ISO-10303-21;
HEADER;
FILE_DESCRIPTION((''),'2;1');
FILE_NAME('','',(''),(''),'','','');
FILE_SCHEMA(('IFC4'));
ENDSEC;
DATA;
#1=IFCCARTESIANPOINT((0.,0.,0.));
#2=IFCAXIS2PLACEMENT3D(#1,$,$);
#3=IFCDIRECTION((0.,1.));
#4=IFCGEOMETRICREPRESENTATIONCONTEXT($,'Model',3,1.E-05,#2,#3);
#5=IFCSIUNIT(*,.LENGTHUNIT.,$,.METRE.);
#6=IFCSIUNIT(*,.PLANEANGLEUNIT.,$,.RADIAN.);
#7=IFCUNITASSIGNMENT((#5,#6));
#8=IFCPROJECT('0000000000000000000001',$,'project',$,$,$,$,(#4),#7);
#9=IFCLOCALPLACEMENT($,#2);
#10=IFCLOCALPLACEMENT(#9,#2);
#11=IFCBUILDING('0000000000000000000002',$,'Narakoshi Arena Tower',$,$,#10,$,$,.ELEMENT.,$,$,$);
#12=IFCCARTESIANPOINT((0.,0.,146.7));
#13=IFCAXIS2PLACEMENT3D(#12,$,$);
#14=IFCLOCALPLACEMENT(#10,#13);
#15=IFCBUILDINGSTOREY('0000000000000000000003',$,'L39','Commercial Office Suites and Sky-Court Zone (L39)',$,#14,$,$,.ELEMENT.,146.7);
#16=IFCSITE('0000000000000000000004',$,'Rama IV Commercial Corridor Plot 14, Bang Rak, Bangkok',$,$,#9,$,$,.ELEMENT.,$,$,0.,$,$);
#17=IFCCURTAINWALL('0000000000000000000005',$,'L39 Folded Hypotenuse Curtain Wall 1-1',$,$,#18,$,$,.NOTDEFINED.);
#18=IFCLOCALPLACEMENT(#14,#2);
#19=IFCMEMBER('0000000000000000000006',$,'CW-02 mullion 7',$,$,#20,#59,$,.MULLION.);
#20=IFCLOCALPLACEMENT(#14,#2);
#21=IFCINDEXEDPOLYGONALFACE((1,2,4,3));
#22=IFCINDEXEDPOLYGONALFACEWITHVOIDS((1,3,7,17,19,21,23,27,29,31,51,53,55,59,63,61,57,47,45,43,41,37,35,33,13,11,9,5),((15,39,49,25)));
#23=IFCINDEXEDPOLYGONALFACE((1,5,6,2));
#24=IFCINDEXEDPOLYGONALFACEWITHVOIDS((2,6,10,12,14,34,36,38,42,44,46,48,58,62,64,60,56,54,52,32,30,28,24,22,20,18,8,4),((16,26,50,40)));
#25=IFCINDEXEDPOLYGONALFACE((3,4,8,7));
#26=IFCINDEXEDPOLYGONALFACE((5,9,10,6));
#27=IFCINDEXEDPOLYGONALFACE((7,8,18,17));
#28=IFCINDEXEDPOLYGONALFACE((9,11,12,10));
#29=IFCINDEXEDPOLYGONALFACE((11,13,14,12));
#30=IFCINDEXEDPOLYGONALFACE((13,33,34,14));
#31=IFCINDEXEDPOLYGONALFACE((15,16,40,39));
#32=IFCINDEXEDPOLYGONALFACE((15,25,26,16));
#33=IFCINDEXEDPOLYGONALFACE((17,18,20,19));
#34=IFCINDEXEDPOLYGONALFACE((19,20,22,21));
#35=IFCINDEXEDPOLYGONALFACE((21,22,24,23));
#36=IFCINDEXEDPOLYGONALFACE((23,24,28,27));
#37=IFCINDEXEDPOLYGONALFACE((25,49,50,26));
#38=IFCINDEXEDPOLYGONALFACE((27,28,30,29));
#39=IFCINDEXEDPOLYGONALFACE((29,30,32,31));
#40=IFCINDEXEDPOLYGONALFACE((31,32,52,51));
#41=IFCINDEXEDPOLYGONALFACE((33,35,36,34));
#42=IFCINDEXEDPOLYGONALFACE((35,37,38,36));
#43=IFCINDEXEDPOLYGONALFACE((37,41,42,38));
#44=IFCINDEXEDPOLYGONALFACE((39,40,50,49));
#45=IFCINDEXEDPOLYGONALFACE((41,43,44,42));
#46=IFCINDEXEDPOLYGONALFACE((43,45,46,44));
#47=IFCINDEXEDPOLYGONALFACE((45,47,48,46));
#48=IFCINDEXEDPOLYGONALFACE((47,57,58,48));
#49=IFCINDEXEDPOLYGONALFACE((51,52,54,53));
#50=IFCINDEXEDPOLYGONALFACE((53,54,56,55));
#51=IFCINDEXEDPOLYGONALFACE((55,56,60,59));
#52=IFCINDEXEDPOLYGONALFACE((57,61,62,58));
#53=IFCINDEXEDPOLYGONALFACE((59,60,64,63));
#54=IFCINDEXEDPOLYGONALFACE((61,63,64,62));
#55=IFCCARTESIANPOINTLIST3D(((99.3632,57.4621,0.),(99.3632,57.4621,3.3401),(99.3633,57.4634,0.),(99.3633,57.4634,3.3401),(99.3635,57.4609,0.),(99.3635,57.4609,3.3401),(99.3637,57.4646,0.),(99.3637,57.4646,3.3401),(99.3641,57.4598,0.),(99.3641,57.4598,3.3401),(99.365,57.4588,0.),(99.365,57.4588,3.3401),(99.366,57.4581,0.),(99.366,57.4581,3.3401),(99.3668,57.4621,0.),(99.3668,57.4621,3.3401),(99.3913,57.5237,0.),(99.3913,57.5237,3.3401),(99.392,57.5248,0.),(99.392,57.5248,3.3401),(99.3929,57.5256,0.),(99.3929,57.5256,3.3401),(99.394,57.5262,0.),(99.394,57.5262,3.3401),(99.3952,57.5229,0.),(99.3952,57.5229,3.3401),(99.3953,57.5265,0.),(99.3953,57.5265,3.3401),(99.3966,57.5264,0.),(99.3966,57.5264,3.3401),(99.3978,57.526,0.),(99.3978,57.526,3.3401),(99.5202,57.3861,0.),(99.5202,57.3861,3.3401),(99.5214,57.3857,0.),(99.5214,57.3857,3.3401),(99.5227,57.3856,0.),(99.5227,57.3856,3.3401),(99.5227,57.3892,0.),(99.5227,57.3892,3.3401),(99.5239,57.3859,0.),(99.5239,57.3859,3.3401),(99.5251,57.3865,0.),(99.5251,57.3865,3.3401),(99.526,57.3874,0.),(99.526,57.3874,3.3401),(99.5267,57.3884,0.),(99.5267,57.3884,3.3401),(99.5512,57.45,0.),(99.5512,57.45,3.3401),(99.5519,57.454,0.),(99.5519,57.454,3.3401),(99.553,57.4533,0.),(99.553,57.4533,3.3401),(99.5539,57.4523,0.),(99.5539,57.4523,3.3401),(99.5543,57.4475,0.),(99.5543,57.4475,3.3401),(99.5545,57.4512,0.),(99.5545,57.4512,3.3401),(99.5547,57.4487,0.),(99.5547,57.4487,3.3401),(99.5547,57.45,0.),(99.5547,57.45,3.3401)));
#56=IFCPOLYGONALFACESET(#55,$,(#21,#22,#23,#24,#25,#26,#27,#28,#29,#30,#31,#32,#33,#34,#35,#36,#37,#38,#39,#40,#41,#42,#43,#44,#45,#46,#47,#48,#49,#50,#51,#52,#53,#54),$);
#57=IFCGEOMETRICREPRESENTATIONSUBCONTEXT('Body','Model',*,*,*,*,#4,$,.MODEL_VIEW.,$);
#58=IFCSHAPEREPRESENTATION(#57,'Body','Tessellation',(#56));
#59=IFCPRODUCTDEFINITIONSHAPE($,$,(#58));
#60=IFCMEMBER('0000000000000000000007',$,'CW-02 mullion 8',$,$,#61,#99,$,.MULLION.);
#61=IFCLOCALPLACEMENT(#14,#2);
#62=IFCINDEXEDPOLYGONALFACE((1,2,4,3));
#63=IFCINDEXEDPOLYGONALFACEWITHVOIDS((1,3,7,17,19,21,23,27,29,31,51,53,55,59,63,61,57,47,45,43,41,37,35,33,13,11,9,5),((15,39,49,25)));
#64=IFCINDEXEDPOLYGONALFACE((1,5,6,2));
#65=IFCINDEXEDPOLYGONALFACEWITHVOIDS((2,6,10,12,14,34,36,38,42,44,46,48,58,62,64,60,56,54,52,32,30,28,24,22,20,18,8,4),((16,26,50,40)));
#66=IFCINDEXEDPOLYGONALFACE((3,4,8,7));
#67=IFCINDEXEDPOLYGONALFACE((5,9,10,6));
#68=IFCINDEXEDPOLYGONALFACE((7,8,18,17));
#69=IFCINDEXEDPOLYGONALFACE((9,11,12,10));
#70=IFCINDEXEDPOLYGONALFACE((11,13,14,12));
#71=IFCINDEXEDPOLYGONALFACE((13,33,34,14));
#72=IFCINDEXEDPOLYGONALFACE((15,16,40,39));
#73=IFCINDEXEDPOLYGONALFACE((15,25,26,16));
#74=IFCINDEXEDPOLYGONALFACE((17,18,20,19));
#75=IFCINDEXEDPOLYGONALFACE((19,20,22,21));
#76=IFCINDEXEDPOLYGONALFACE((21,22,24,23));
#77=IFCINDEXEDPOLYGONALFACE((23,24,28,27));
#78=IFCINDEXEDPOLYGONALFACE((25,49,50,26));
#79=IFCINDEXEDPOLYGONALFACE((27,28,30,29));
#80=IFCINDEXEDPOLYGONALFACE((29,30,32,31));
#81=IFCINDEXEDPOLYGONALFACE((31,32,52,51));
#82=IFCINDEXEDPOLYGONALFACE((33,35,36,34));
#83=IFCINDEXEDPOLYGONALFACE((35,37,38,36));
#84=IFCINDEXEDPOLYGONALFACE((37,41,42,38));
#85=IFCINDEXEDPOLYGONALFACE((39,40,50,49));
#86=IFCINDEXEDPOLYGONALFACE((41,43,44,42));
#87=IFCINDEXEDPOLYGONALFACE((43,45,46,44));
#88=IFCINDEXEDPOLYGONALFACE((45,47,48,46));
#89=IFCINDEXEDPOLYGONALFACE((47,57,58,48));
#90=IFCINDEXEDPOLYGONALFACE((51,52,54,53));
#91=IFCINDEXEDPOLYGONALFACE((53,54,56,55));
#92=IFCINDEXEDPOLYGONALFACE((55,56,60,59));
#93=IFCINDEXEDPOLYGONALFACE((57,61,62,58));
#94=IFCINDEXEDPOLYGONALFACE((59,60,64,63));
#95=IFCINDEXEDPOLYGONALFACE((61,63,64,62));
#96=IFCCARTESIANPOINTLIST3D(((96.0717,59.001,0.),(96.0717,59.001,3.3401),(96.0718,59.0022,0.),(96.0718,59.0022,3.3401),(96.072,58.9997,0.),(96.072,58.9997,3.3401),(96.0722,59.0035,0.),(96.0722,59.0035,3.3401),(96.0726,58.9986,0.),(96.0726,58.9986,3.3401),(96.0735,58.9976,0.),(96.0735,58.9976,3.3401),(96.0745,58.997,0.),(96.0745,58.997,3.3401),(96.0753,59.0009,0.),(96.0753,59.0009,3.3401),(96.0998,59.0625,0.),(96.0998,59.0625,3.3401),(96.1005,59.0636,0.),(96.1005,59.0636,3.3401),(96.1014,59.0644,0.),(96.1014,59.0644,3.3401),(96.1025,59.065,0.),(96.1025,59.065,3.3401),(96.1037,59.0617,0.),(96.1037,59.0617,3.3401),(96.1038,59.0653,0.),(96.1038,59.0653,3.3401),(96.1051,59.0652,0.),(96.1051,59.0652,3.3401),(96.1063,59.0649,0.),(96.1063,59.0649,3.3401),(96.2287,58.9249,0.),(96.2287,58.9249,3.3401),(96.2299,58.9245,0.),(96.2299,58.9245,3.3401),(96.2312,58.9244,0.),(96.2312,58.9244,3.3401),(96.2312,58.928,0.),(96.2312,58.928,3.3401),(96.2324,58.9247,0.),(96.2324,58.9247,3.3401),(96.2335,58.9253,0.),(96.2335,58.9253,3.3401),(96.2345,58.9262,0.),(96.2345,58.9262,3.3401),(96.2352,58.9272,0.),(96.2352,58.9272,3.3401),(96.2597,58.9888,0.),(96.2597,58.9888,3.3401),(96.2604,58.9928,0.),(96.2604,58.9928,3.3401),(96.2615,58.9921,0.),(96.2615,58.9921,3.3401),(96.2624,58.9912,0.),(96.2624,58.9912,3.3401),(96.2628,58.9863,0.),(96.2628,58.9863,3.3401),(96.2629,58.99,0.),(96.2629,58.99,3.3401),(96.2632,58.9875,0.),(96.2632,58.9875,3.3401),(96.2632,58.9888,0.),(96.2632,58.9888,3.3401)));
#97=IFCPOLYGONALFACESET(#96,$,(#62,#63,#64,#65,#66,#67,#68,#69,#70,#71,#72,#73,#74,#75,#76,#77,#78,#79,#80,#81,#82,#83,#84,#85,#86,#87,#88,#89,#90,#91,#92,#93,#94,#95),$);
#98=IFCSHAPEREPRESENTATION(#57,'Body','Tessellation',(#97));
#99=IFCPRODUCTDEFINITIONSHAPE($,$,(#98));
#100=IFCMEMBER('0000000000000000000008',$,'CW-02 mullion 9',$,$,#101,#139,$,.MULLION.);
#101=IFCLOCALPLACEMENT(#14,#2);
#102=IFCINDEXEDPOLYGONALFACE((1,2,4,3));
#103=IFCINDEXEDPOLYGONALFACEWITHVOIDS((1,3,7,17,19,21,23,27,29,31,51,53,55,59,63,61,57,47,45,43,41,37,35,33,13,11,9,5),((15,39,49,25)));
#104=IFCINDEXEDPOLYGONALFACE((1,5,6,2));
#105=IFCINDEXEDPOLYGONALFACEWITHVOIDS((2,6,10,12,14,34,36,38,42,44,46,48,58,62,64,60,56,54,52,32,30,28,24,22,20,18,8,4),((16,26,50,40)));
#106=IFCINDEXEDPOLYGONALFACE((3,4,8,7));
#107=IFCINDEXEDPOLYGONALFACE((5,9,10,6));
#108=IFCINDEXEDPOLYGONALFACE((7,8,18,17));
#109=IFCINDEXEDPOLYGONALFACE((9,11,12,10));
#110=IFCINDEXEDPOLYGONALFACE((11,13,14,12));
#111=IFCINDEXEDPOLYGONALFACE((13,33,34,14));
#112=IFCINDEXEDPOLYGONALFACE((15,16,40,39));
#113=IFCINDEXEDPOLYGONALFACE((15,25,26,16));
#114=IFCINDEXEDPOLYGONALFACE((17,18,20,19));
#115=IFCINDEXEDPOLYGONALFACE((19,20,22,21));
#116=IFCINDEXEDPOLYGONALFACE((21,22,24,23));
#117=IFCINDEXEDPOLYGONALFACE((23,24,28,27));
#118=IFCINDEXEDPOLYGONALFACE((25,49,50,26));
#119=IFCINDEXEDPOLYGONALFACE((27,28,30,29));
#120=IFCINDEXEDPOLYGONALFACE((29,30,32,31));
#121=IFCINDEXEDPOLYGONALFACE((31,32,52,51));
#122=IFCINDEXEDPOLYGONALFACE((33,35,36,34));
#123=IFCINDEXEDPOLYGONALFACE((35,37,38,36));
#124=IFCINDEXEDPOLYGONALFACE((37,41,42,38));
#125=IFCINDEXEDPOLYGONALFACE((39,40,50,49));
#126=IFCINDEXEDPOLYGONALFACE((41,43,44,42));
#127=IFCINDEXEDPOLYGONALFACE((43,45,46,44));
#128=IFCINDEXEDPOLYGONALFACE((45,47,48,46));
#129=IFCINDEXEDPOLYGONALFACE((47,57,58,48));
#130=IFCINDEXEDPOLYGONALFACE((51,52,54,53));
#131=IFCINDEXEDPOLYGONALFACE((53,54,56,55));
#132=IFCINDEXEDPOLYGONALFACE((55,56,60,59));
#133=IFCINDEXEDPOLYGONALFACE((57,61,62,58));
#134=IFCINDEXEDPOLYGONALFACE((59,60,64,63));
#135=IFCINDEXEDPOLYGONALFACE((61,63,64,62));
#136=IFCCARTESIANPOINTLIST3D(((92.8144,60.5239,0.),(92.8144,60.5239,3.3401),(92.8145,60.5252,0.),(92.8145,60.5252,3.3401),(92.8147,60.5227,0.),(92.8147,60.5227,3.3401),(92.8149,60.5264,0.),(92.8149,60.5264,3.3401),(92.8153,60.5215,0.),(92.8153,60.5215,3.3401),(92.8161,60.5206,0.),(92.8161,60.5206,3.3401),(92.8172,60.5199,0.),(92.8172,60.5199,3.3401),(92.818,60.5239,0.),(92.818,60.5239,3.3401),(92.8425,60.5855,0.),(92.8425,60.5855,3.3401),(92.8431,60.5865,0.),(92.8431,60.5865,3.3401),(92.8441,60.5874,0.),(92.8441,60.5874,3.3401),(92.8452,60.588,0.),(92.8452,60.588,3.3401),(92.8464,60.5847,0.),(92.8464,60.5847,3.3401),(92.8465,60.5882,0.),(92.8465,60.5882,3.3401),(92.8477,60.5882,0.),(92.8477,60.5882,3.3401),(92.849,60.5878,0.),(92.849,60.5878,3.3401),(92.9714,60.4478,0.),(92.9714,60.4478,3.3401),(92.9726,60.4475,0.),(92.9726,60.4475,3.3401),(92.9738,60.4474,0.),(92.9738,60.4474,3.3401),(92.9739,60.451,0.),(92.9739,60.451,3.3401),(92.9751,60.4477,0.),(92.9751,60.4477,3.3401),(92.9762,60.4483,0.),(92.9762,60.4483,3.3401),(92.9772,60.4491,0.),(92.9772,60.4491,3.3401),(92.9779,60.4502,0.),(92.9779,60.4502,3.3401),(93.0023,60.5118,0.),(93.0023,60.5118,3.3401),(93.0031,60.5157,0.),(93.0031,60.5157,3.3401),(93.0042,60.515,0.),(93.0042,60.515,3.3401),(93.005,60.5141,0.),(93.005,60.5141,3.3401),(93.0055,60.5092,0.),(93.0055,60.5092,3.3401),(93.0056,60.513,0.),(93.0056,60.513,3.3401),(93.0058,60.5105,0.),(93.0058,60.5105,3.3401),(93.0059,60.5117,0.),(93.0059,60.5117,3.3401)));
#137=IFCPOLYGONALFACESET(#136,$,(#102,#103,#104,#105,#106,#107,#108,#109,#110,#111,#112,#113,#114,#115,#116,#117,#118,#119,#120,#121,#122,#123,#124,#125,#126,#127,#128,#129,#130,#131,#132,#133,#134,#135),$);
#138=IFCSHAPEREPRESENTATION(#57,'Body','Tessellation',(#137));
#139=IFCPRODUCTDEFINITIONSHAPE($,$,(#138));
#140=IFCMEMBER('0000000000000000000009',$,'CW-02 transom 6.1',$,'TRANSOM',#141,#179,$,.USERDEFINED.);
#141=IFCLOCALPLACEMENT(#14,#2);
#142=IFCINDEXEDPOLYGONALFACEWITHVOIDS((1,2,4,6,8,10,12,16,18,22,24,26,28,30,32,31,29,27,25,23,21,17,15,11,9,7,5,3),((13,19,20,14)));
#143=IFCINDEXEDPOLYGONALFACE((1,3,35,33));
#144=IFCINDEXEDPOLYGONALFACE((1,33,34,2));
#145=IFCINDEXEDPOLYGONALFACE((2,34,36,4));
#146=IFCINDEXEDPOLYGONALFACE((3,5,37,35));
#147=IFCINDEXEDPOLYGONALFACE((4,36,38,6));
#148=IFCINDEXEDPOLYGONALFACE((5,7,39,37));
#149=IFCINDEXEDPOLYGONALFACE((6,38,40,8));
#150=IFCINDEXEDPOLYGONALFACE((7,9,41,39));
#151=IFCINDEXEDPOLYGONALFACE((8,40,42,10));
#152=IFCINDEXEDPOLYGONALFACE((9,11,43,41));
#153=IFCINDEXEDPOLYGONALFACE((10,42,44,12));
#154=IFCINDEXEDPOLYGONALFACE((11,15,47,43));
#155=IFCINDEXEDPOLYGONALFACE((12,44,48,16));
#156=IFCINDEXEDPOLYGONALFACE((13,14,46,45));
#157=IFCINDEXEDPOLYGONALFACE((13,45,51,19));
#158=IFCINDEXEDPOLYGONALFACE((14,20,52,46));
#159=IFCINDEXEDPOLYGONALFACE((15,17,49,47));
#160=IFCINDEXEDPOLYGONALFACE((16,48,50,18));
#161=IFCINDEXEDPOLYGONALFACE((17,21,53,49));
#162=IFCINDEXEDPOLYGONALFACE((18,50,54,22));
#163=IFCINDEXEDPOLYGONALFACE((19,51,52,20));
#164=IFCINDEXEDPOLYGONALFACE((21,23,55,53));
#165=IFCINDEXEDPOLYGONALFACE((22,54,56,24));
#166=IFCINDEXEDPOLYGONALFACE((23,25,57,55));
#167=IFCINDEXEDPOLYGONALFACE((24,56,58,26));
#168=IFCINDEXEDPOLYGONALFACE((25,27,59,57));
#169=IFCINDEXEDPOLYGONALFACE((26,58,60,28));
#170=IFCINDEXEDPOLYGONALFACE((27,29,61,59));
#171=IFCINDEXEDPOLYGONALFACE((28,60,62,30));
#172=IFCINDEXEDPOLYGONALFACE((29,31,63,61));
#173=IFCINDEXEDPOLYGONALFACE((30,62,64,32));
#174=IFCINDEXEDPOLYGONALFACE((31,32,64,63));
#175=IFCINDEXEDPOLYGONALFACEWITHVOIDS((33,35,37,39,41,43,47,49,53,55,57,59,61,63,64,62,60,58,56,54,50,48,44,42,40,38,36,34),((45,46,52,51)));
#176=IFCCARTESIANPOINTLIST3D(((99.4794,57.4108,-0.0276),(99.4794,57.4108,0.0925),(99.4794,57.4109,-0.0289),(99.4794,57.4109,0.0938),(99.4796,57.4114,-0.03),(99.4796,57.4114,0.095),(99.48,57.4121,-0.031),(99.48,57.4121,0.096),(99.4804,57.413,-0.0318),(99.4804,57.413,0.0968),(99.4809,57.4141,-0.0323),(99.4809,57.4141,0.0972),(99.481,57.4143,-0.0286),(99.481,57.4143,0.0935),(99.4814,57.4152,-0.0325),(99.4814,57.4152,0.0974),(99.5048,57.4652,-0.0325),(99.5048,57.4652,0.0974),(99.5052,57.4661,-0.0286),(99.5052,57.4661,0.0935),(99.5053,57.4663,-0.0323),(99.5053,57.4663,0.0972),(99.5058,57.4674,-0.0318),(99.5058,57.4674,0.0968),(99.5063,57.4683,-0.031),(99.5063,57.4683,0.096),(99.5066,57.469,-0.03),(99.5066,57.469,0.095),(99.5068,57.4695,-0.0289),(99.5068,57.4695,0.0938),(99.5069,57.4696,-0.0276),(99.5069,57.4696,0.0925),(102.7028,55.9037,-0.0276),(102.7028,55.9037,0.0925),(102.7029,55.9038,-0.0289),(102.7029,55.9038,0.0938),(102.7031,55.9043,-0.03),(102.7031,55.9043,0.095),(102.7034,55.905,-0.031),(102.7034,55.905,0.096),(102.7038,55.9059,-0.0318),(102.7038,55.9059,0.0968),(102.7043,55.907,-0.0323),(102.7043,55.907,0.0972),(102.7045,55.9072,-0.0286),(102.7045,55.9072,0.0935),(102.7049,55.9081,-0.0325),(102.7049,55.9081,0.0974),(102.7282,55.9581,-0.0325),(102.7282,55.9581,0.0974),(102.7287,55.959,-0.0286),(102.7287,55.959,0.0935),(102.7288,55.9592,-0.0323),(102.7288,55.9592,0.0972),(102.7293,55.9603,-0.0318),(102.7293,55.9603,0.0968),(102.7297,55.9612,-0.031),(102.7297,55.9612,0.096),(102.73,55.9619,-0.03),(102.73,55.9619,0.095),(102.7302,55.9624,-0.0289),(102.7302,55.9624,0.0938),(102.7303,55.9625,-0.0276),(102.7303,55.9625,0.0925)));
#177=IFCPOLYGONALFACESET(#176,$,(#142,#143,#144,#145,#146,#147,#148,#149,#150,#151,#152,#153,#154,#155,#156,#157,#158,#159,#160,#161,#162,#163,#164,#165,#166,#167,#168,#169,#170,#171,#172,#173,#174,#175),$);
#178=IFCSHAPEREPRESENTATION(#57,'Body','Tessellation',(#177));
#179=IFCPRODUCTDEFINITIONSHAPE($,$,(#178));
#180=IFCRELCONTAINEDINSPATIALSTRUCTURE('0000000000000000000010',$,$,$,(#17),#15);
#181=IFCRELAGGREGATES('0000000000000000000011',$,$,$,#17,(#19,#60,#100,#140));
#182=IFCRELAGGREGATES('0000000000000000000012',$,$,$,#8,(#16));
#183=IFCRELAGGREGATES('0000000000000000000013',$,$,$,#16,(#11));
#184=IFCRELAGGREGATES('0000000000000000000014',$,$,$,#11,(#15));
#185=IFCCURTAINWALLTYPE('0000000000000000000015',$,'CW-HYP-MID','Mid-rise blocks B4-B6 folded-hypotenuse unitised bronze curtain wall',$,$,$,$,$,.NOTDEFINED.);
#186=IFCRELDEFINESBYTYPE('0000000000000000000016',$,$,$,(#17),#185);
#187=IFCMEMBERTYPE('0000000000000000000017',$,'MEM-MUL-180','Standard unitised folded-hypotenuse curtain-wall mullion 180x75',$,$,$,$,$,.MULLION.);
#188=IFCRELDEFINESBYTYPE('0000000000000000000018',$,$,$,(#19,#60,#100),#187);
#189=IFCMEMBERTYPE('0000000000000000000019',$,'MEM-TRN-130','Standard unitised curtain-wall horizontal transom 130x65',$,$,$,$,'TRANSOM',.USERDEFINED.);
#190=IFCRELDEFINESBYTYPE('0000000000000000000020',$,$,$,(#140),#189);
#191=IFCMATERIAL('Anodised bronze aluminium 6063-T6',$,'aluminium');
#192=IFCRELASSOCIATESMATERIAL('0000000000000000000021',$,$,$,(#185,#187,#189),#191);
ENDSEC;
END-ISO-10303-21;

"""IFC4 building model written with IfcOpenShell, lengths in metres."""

from ifc_helpers import new_model, si_unit, direction, frame, origin, origin_2d, place, context, subcontext, project, spatial, hollow_rectangle, extrude, material, material_profile, profile_set, type_object, element, aggregate, save


model = new_model("IFC4")

# Units and contexts
model_context = context("Model", 3, precision=1e-05, world=origin(), true_north=direction((0.0, 1.0)))
body_context = subcontext(model_context, "Body", "Model", "MODEL_VIEW")
ifc_project = project(units=[si_unit("LENGTHUNIT", "METRE"), si_unit("PLANEANGLEUNIT", "RADIAN")], contexts=[model_context])

# Site, building, storey
site_placement = place(None, origin())
site = spatial("IfcSite", under=ifc_project, at=site_placement, Name="Rama IV Commercial Corridor Plot 14, Bang Rak, Bangkok", CompositionType="ELEMENT", RefElevation=0.0)
building_placement = place(site_placement, origin())
building = spatial("IfcBuilding", under=site, at=building_placement, Name="Narakoshi Arena Tower", CompositionType="ELEMENT")
storey_placement = place(building_placement, frame((0.0, 0.0, 146.7)))
storey = spatial("IfcBuildingStorey", under=building, at=storey_placement, Name="L39", Description="Commercial Office Suites and Sky-Court Zone (L39)", CompositionType="ELEMENT", Elevation=146.7)

# Curtain wall, members
ifc_material_1 = material(Name="Anodised bronze aluminium 6063-T6", Category="aluminium")
curtain_wall_type = type_object("IfcCurtainWallType", Name="CW-HYP-MID", Description="Mid-rise blocks B4-B6 folded-hypotenuse unitised bronze curtain wall", PredefinedType="NOTDEFINED", material=ifc_material_1)
curtain_wall_placement = place(storey_placement, origin())
curtain_wall = element("IfcCurtainWall", 1, at=curtain_wall_placement, inside=storey, type_object=curtain_wall_type, Name="L39 Folded Hypotenuse Curtain Wall 1-1", PredefinedType="NOTDEFINED")
ifc_material_profile_1 = material_profile(ifc_material_1, hollow_rectangle(XDim=0.075, YDim=0.1799, WallThickness=0.0039, OuterFilletRadius=0.0049, at=origin_2d()), Name="MUL180x75x4")
ifc_profile_set_1 = profile_set([ifc_material_profile_1], Name="Anodised bronze aluminium 6063-T6")
member_type_1 = type_object("IfcMemberType", Name="MEM-MUL-180", Description="Standard unitised folded-hypotenuse curtain-wall mullion 180x75", PredefinedType="MULLION", material=ifc_profile_set_1)
member_1_placement = place(storey_placement, frame((99.459, 57.4561, 0.0), z_axis=(0.0, 0.0, 1.0), x_axis=(-0.423532, -0.905881, 0.0)))
member_1 = element("IfcMember", 2, at=member_1_placement, type_object=member_type_1, Name="CW-02 mullion 7", PredefinedType="MULLION", context=body_context, shape_type="SweptSolid", body=[
    extrude(hollow_rectangle(XDim=0.075, YDim=0.1799, WallThickness=0.0039, OuterFilletRadius=0.0049, at=origin_2d()), origin(), (0.0, 0.0, 1.0), 3.3401),
])
member_2_placement = place(storey_placement, frame((96.1675, 58.9949, 0.0), z_axis=(0.0, 0.0, 1.0), x_axis=(-0.423532, -0.905881, 0.0)))
member_2 = element("IfcMember", 3, at=member_2_placement, type_object=member_type_1, Name="CW-02 mullion 8", PredefinedType="MULLION", context=body_context, shape_type="SweptSolid", body=[
    extrude(hollow_rectangle(XDim=0.075, YDim=0.1799, WallThickness=0.0039, OuterFilletRadius=0.0049, at=origin_2d()), origin(), (0.0, 0.0, 1.0), 3.3401),
])
member_3_placement = place(storey_placement, frame((92.9102, 60.5178, 0.0), z_axis=(0.0, 0.0, 1.0), x_axis=(-0.423532, -0.905881, 0.0)))
member_3 = element("IfcMember", 4, at=member_3_placement, type_object=member_type_1, Name="CW-02 mullion 9", PredefinedType="MULLION", context=body_context, shape_type="SweptSolid", body=[
    extrude(hollow_rectangle(XDim=0.075, YDim=0.1799, WallThickness=0.0039, OuterFilletRadius=0.0049, at=origin_2d()), origin(), (0.0, 0.0, 1.0), 3.3401),
])
ifc_material_profile_2 = material_profile(ifc_material_1, hollow_rectangle(XDim=0.0649, YDim=0.1299, WallThickness=0.0039, OuterFilletRadius=0.0049, at=origin_2d()), Name="TRN130x65x4")
ifc_profile_set_2 = profile_set([ifc_material_profile_2], Name="Anodised bronze aluminium 6063-T6")
member_type_2 = type_object("IfcMemberType", Name="MEM-TRN-130", Description="Standard unitised curtain-wall horizontal transom 130x65", ElementType="TRANSOM", PredefinedType="USERDEFINED", material=ifc_profile_set_2)
member_4_placement = place(storey_placement, frame((102.7166, 55.9331, 0.0325), z_axis=(-0.905878, 0.423539, 0.0), x_axis=(-0.423539, -0.905878, 0.0)))
member_4 = element("IfcMember", 5, at=member_4_placement, type_object=member_type_2, Name="CW-02 transom 6.1", ObjectType="TRANSOM", PredefinedType="USERDEFINED", context=body_context, shape_type="SweptSolid", body=[
    extrude(hollow_rectangle(XDim=0.0649, YDim=0.1299, WallThickness=0.0039, OuterFilletRadius=0.0049, at=origin_2d()), origin(), (0.0, 0.0, 1.0), 3.5583),
])
aggregate(curtain_wall, [member_1, member_2, member_3, member_4])

save(model, "model.ifc")
